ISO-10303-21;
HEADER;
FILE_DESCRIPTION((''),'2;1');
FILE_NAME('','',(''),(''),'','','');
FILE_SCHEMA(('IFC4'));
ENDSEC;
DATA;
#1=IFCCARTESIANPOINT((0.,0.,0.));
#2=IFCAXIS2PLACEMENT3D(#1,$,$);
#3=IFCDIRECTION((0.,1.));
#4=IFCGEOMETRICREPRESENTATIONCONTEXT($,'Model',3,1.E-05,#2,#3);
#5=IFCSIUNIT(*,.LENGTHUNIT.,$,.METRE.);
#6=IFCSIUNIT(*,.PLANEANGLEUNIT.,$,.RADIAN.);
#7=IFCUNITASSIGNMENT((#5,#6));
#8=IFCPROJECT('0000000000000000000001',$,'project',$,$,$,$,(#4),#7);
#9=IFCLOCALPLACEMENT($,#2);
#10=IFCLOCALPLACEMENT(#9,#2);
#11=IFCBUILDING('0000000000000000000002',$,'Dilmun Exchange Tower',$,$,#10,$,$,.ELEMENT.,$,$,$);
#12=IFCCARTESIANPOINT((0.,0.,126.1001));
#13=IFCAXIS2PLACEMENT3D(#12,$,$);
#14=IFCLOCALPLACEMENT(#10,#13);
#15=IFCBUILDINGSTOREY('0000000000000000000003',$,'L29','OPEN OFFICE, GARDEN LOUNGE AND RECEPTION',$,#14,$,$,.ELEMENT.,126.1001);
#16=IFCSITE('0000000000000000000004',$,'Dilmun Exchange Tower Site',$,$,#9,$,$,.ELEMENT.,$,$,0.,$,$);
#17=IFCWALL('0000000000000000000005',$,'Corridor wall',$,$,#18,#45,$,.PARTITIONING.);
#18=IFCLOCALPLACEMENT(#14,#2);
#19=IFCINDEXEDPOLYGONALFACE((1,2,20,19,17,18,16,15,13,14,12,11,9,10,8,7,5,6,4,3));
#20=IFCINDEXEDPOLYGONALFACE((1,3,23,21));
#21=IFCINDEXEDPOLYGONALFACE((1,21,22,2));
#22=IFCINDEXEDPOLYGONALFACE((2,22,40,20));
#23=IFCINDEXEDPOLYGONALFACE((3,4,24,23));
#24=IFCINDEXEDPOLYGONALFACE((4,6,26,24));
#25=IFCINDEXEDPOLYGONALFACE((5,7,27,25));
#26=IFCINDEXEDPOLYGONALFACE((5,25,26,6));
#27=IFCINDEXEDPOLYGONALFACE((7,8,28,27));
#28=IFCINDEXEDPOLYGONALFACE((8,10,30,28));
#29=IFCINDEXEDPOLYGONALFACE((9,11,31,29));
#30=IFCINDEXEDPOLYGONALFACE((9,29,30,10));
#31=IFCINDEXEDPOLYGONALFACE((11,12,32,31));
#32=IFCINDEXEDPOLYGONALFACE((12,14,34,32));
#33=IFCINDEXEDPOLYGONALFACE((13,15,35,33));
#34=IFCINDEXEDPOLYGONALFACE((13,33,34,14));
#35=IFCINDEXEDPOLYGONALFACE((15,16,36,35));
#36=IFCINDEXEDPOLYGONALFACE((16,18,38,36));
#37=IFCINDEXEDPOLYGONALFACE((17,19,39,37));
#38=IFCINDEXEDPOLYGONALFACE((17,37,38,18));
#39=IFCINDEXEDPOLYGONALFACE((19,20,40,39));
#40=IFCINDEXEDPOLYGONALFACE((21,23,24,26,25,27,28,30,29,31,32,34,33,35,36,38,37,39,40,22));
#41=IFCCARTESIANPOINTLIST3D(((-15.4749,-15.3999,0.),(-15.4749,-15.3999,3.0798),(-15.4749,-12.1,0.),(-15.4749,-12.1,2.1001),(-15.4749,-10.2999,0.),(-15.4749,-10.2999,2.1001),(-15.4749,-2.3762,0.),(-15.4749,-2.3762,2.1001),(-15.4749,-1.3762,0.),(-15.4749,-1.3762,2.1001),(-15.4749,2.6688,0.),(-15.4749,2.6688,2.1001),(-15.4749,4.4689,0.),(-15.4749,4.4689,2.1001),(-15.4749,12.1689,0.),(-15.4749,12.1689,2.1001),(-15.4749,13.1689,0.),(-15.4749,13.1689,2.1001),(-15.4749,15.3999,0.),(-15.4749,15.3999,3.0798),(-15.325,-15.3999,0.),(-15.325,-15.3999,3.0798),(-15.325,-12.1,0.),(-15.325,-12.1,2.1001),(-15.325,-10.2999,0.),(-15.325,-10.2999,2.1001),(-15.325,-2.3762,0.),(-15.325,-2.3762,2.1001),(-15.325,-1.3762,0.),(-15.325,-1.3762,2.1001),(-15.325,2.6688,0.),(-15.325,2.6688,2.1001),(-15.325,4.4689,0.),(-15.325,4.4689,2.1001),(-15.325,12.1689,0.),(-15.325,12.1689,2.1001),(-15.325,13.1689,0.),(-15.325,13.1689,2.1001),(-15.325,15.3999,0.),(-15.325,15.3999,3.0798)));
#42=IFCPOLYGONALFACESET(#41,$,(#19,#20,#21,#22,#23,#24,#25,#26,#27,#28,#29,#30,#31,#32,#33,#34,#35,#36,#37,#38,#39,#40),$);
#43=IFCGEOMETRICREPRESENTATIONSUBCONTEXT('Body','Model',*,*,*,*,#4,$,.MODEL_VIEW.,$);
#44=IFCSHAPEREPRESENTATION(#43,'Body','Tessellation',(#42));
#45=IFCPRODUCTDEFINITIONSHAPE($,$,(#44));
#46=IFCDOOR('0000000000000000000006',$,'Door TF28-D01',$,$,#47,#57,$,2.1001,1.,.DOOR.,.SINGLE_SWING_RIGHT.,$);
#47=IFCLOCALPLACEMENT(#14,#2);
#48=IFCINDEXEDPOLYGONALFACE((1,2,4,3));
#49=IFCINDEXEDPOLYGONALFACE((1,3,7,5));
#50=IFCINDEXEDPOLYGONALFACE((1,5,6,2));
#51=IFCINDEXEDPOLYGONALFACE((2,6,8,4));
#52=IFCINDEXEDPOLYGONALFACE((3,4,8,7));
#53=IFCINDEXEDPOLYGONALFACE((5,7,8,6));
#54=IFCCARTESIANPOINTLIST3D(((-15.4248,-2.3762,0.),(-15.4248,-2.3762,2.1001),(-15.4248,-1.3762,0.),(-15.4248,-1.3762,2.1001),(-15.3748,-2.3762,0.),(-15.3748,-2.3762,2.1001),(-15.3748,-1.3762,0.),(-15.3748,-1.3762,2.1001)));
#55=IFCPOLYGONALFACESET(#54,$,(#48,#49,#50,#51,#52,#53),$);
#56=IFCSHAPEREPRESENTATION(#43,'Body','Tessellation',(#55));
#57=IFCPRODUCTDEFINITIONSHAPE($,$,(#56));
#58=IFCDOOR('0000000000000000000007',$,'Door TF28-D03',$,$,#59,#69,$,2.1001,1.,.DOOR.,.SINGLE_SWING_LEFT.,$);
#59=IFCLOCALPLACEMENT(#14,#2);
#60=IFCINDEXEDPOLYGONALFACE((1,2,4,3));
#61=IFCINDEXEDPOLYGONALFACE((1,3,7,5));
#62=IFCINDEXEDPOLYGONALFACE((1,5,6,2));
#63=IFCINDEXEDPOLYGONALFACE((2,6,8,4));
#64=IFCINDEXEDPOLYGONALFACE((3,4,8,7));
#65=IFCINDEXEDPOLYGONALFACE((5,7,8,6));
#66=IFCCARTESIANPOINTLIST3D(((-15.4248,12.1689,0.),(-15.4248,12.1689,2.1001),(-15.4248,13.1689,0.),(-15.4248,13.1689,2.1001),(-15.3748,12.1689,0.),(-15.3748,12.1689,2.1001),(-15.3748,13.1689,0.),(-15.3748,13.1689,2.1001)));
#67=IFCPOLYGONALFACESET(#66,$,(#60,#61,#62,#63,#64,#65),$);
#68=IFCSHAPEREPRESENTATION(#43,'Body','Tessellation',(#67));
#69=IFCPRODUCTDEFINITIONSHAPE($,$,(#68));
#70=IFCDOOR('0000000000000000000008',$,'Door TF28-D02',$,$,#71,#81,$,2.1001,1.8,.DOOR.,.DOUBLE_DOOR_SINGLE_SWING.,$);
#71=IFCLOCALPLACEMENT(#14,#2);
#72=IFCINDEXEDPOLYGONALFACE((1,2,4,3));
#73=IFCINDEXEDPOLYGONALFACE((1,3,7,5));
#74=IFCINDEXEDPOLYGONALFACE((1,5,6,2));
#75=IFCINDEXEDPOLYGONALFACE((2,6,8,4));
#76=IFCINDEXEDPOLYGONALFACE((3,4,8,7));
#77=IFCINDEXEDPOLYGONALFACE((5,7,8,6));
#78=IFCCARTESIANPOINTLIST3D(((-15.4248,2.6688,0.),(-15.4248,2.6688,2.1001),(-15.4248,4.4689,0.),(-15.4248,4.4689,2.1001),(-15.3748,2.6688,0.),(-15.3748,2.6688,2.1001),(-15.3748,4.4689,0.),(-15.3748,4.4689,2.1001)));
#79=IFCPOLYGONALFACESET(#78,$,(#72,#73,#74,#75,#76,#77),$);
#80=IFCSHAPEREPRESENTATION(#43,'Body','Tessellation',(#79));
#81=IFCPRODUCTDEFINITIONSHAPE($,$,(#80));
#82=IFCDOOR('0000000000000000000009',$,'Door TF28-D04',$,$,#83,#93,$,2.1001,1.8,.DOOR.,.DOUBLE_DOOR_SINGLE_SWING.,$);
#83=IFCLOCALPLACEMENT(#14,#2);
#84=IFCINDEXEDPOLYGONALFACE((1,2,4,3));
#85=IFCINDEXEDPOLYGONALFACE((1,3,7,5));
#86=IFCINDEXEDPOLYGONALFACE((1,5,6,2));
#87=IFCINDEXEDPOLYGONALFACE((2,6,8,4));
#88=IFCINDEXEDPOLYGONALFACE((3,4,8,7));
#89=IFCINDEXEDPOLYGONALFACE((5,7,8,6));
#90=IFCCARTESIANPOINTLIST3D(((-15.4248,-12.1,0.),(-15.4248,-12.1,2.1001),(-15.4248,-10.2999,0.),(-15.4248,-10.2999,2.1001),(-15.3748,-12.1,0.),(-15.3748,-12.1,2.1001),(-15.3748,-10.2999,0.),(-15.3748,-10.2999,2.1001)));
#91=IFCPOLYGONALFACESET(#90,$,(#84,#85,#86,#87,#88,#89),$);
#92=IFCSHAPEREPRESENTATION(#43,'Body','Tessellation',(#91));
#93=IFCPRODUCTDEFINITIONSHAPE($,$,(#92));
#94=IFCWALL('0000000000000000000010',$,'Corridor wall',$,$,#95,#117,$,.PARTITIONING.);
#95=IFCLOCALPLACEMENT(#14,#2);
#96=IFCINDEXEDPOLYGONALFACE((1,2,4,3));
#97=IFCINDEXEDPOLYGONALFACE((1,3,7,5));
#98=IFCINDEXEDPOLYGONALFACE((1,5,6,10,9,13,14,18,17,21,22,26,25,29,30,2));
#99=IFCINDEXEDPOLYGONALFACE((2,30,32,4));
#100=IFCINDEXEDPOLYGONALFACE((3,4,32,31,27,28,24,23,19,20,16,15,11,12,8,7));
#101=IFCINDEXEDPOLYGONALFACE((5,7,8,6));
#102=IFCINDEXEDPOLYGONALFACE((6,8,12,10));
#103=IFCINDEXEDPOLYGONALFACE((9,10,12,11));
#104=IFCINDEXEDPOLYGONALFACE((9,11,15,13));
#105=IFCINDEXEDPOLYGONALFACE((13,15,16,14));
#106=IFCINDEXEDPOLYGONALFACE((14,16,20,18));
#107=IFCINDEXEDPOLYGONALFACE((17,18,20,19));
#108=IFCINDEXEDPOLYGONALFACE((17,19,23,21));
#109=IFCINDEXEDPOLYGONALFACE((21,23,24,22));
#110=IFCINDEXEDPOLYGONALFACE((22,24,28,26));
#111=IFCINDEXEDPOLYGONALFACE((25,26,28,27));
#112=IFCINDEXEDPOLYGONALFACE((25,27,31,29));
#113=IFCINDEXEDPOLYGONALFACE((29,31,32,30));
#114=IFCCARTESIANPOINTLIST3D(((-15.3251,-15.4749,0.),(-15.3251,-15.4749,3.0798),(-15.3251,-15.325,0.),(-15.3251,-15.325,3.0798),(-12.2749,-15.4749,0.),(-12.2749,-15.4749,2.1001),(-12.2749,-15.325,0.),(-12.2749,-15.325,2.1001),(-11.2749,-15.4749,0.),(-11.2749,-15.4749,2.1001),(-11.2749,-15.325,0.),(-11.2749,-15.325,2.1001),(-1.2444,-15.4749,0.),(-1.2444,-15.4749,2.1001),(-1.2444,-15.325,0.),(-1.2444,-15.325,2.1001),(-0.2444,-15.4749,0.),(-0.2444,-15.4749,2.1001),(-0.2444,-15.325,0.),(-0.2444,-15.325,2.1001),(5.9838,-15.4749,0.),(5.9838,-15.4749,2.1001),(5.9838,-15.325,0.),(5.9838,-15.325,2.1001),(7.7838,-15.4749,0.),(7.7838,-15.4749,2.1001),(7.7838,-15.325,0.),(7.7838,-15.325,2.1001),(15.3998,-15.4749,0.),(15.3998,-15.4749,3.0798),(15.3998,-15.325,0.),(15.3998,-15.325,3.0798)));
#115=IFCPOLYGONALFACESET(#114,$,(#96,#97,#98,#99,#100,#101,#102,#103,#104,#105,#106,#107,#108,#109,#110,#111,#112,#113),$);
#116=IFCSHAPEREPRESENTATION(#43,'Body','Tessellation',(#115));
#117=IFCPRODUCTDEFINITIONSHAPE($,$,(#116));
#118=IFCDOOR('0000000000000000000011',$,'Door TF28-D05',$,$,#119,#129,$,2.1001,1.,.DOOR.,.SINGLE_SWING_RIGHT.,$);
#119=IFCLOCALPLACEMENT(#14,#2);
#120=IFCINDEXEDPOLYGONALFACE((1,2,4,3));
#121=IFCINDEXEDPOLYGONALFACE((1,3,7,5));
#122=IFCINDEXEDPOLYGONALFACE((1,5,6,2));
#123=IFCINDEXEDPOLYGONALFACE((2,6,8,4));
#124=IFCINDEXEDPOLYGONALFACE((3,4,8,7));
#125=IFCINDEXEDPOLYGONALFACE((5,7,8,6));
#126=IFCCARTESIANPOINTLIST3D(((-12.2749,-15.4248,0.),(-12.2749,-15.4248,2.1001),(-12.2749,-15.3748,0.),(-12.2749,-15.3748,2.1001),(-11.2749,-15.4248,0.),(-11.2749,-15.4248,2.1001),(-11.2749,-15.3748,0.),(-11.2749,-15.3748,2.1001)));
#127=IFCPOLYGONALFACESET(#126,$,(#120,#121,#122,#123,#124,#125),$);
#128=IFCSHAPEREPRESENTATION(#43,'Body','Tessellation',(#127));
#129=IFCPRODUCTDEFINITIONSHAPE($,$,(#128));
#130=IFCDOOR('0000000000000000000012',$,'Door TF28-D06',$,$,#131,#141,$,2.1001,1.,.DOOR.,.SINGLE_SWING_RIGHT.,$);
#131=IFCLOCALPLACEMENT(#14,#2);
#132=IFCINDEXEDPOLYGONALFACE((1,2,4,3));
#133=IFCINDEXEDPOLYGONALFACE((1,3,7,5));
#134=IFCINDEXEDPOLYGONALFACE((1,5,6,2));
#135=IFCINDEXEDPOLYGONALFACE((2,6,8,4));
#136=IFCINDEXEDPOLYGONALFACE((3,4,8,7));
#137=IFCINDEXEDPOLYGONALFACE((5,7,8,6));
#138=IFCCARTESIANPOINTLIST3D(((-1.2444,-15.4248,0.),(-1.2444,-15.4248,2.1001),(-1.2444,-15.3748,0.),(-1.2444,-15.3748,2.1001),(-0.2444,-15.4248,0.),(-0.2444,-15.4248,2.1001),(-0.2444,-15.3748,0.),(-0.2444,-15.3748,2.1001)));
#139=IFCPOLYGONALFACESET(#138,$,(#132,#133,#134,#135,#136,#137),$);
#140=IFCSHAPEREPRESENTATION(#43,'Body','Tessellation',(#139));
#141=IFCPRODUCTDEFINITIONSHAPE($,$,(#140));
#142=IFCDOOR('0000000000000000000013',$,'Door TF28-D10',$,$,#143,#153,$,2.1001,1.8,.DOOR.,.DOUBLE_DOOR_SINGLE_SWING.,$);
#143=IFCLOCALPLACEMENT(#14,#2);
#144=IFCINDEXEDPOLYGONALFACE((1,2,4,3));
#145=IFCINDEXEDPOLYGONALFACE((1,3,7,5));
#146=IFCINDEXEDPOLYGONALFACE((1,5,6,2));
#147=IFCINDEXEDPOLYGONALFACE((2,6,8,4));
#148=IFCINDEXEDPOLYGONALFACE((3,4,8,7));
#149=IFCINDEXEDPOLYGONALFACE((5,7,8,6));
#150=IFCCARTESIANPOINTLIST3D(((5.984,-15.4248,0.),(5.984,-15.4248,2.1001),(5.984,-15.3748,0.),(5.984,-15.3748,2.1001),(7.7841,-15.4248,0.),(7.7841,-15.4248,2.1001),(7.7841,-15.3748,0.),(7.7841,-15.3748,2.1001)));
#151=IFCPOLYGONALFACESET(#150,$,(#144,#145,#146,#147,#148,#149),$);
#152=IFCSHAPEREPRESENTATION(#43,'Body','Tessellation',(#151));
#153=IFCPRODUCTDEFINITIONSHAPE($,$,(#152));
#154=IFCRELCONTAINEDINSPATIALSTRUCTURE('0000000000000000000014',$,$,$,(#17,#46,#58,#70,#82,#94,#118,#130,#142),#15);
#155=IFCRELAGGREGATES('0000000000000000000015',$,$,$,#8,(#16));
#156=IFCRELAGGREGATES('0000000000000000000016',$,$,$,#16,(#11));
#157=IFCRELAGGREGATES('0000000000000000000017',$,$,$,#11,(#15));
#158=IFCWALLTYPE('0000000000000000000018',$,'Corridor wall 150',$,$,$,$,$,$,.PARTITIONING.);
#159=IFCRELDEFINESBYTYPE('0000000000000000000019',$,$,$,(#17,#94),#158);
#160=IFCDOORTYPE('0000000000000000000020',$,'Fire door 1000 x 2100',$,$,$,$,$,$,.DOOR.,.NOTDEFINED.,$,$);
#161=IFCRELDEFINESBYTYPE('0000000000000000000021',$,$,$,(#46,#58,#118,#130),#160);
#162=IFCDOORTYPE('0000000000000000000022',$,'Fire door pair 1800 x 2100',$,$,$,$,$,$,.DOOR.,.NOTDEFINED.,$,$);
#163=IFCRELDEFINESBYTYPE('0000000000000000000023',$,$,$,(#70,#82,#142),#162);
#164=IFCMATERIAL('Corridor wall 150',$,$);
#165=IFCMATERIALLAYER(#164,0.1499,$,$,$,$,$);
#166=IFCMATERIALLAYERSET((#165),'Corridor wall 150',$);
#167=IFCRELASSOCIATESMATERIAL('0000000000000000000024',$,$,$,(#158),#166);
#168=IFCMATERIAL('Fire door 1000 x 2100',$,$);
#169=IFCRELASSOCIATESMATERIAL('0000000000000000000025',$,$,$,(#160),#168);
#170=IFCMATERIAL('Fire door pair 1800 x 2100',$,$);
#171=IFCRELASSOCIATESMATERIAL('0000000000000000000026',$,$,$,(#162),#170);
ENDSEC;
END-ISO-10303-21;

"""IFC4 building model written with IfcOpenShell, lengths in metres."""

from ifc_helpers import new_model, si_unit, direction, frame, frame_2d, origin, place, context, subcontext, project, spatial, rectangle, extrude, material, layer, layer_set, type_object, element, fill, save


model = new_model("IFC4")

# Units and contexts
model_context = context("Model", 3, precision=1e-05, world=origin(), true_north=direction((0.0, 1.0)))
body_context = subcontext(model_context, "Body", "Model", "MODEL_VIEW")
ifc_project = project(units=[si_unit("LENGTHUNIT", "METRE"), si_unit("PLANEANGLEUNIT", "RADIAN")], contexts=[model_context])

# Site, building, storey
site_placement = place(None, origin())
site = spatial("IfcSite", under=ifc_project, at=site_placement, Name="Dilmun Exchange Tower Site", CompositionType="ELEMENT", RefElevation=0.0)
building_placement = place(site_placement, origin())
building = spatial("IfcBuilding", under=site, at=building_placement, Name="Dilmun Exchange Tower", CompositionType="ELEMENT")
storey_placement = place(building_placement, frame((0.0, 0.0, 126.1001)))
storey = spatial("IfcBuildingStorey", under=building, at=storey_placement, Name="L29", Description="OPEN OFFICE, GARDEN LOUNGE AND RECEPTION", CompositionType="ELEMENT", Elevation=126.1001)

# Walls, openings, doors
ifc_material_1 = material(Name="Corridor wall 150")
ifc_layer_1 = layer(ifc_material_1, 0.1499)
ifc_layer_set_1 = layer_set([ifc_layer_1], Name="Corridor wall 150")
wall_type_1 = type_object("IfcWallType", Name="Corridor wall 150", PredefinedType="PARTITIONING", material=ifc_layer_set_1)
wall_1_placement = place(storey_placement, frame((-15.3999, -15.3999, 0.0), z_axis=(0.0, 0.0, 1.0), x_axis=(0.0, 1.0, 0.0)))
wall_1 = element("IfcWall", 1, at=wall_1_placement, inside=storey, type_object=wall_type_1, Name="Corridor wall", PredefinedType="PARTITIONING", context=body_context, shape_type="SweptSolid", body=[
    extrude(rectangle(XDim=30.7998, YDim=0.1499, at=frame_2d((15.3999, 0.0))), origin(), (0.0, 0.0, 1.0), 3.0798),
])
opening_1_placement = place(wall_1_placement, frame((13.0237, 0.0, 0.0)))
opening_1 = element("IfcOpeningElement", 2, at=opening_1_placement, cuts=wall_1, PredefinedType="OPENING", context=body_context, shape_type="SweptSolid", body=[
    extrude(rectangle(XDim=1.0, YDim=2.1001, at=frame_2d((0.5, 1.05))), frame((0.0, 0.085, 0.0), z_axis=(0.0, -1.0, 0.0), x_axis=(1.0, 0.0, 0.0)), (0.0, 0.0, 1.0), 0.1699),
])
opening_2_placement = place(wall_1_placement, frame((18.0688, 0.0, 0.0)))
opening_2 = element("IfcOpeningElement", 3, at=opening_2_placement, cuts=wall_1, PredefinedType="OPENING", context=body_context, shape_type="SweptSolid", body=[
    extrude(rectangle(XDim=1.8, YDim=2.1001, at=frame_2d((0.8999, 1.05))), frame((0.0, 0.085, 0.0), z_axis=(0.0, -1.0, 0.0), x_axis=(1.0, 0.0, 0.0)), (0.0, 0.0, 1.0), 0.1699),
])
opening_3_placement = place(wall_1_placement, frame((27.5688, 0.0, 0.0)))
opening_3 = element("IfcOpeningElement", 4, at=opening_3_placement, cuts=wall_1, PredefinedType="OPENING", context=body_context, shape_type="SweptSolid", body=[
    extrude(rectangle(XDim=1.0, YDim=2.1001, at=frame_2d((0.5, 1.05))), frame((0.0, 0.085, 0.0), z_axis=(0.0, -1.0, 0.0), x_axis=(1.0, 0.0, 0.0)), (0.0, 0.0, 1.0), 0.1699),
])
opening_4_placement = place(wall_1_placement, frame((3.3, 0.0, 0.0)))
opening_4 = element("IfcOpeningElement", 5, at=opening_4_placement, cuts=wall_1, PredefinedType="OPENING", context=body_context, shape_type="SweptSolid", body=[
    extrude(rectangle(XDim=1.8, YDim=2.1001, at=frame_2d((0.8999, 1.05))), frame((0.0, 0.085, 0.0), z_axis=(0.0, -1.0, 0.0), x_axis=(1.0, 0.0, 0.0)), (0.0, 0.0, 1.0), 0.1699),
])
ifc_material_2 = material(Name="Fire door 1000 x 2100")
door_type_1 = type_object("IfcDoorType", Name="Fire door 1000 x 2100", OperationType="NOTDEFINED", PredefinedType="DOOR", material=ifc_material_2)
door_1_placement = place(opening_1_placement, origin())
door_1 = element("IfcDoor", 6, at=door_1_placement, inside=storey, type_object=door_type_1, Name="Door TF28-D01", OperationType="SINGLE_SWING_RIGHT", OverallHeight=2.1001, OverallWidth=1.0, PredefinedType="DOOR", context=body_context, shape_type="SweptSolid", body=[
    extrude(rectangle(XDim=1.0, YDim=2.1001, at=frame_2d((0.5, 1.05))), frame((0.0, 0.0249, 0.0), z_axis=(0.0, -1.0, 0.0), x_axis=(1.0, 0.0, 0.0)), (0.0, 0.0, 1.0), 0.05),
])
fill(opening_1, door_1)
door_2_placement = place(opening_3_placement, origin())
door_2 = element("IfcDoor", 7, at=door_2_placement, inside=storey, type_object=door_type_1, Name="Door TF28-D03", OperationType="SINGLE_SWING_LEFT", OverallHeight=2.1001, OverallWidth=1.0, PredefinedType="DOOR", context=body_context, shape_type="SweptSolid", body=[
    extrude(rectangle(XDim=1.0, YDim=2.1001, at=frame_2d((0.5, 1.05))), frame((0.0, 0.0249, 0.0), z_axis=(0.0, -1.0, 0.0), x_axis=(1.0, 0.0, 0.0)), (0.0, 0.0, 1.0), 0.05),
])
fill(opening_3, door_2)
ifc_material_3 = material(Name="Fire door pair 1800 x 2100")
door_type_2 = type_object("IfcDoorType", Name="Fire door pair 1800 x 2100", OperationType="NOTDEFINED", PredefinedType="DOOR", material=ifc_material_3)
door_3_placement = place(opening_2_placement, origin())
door_3 = element("IfcDoor", 8, at=door_3_placement, inside=storey, type_object=door_type_2, Name="Door TF28-D02", OperationType="DOUBLE_DOOR_SINGLE_SWING", OverallHeight=2.1001, OverallWidth=1.8, PredefinedType="DOOR", context=body_context, shape_type="SweptSolid", body=[
    extrude(rectangle(XDim=1.8, YDim=2.1001, at=frame_2d((0.8999, 1.05))), frame((0.0, 0.0249, 0.0), z_axis=(0.0, -1.0, 0.0), x_axis=(1.0, 0.0, 0.0)), (0.0, 0.0, 1.0), 0.05),
])
fill(opening_2, door_3)
door_4_placement = place(opening_4_placement, origin())
door_4 = element("IfcDoor", 9, at=door_4_placement, inside=storey, type_object=door_type_2, Name="Door TF28-D04", OperationType="DOUBLE_DOOR_SINGLE_SWING", OverallHeight=2.1001, OverallWidth=1.8, PredefinedType="DOOR", context=body_context, shape_type="SweptSolid", body=[
    extrude(rectangle(XDim=1.8, YDim=2.1001, at=frame_2d((0.8999, 1.05))), frame((0.0, 0.0249, 0.0), z_axis=(0.0, -1.0, 0.0), x_axis=(1.0, 0.0, 0.0)), (0.0, 0.0, 1.0), 0.05),
])
fill(opening_4, door_4)
wall_2_placement = place(storey_placement, frame((-15.325, -15.3999, 0.0), z_axis=(0.0, 0.0, 1.0), x_axis=(1.0, 0.0, 0.0)))
wall_2 = element("IfcWall", 10, at=wall_2_placement, inside=storey, type_object=wall_type_1, Name="Corridor wall", PredefinedType="PARTITIONING", context=body_context, shape_type="SweptSolid", body=[
    extrude(rectangle(XDim=30.7249, YDim=0.1499, at=frame_2d((15.3623, 0.0))), origin(), (0.0, 0.0, 1.0), 3.0798),
])
opening_5_placement = place(wall_2_placement, frame((3.05, 0.0, 0.0)))
opening_5 = element("IfcOpeningElement", 11, at=opening_5_placement, cuts=wall_2, PredefinedType="OPENING", context=body_context, shape_type="SweptSolid", body=[
    extrude(rectangle(XDim=1.0, YDim=2.1001, at=frame_2d((0.5, 1.05))), frame((0.0, 0.085, 0.0), z_axis=(0.0, -1.0, 0.0), x_axis=(1.0, 0.0, 0.0)), (0.0, 0.0, 1.0), 0.1699),
])
opening_6_placement = place(wall_2_placement, frame((14.0806, 0.0, 0.0)))
opening_6 = element("IfcOpeningElement", 12, at=opening_6_placement, cuts=wall_2, PredefinedType="OPENING", context=body_context, shape_type="SweptSolid", body=[
    extrude(rectangle(XDim=1.0, YDim=2.1001, at=frame_2d((0.5, 1.05))), frame((0.0, 0.085, 0.0), z_axis=(0.0, -1.0, 0.0), x_axis=(1.0, 0.0, 0.0)), (0.0, 0.0, 1.0), 0.1699),
])
opening_7_placement = place(wall_2_placement, frame((21.3088, 0.0, 0.0)))
opening_7 = element("IfcOpeningElement", 13, at=opening_7_placement, cuts=wall_2, PredefinedType="OPENING", context=body_context, shape_type="SweptSolid", body=[
    extrude(rectangle(XDim=1.8, YDim=2.1001, at=frame_2d((0.8999, 1.05))), frame((0.0, 0.085, 0.0), z_axis=(0.0, -1.0, 0.0), x_axis=(1.0, 0.0, 0.0)), (0.0, 0.0, 1.0), 0.1699),
])
door_5_placement = place(opening_5_placement, frame((1.0, 0.0, 0.0), z_axis=(0.0, 0.0, 1.0), x_axis=(-1.0, 0.0, 0.0)))
door_5 = element("IfcDoor", 14, at=door_5_placement, inside=storey, type_object=door_type_1, Name="Door TF28-D05", OperationType="SINGLE_SWING_RIGHT", OverallHeight=2.1001, OverallWidth=1.0, PredefinedType="DOOR", context=body_context, shape_type="SweptSolid", body=[
    extrude(rectangle(XDim=1.0, YDim=2.1001, at=frame_2d((0.5, 1.05))), frame((0.0, 0.0249, 0.0), z_axis=(0.0, -1.0, 0.0), x_axis=(1.0, 0.0, 0.0)), (0.0, 0.0, 1.0), 0.05),
])
fill(opening_5, door_5)
door_6_placement = place(opening_6_placement, frame((1.0, 0.0, 0.0), z_axis=(0.0, 0.0, 1.0), x_axis=(-1.0, 0.0, 0.0)))
door_6 = element("IfcDoor", 15, at=door_6_placement, inside=storey, type_object=door_type_1, Name="Door TF28-D06", OperationType="SINGLE_SWING_RIGHT", OverallHeight=2.1001, OverallWidth=1.0, PredefinedType="DOOR", context=body_context, shape_type="SweptSolid", body=[
    extrude(rectangle(XDim=1.0, YDim=2.1001, at=frame_2d((0.5, 1.05))), frame((0.0, 0.0249, 0.0), z_axis=(0.0, -1.0, 0.0), x_axis=(1.0, 0.0, 0.0)), (0.0, 0.0, 1.0), 0.05),
])
fill(opening_6, door_6)
door_7_placement = place(opening_7_placement, frame((1.8, 0.0, 0.0), z_axis=(0.0, 0.0, 1.0), x_axis=(-1.0, 0.0, 0.0)))
door_7 = element("IfcDoor", 16, at=door_7_placement, inside=storey, type_object=door_type_2, Name="Door TF28-D10", OperationType="DOUBLE_DOOR_SINGLE_SWING", OverallHeight=2.1001, OverallWidth=1.8, PredefinedType="DOOR", context=body_context, shape_type="SweptSolid", body=[
    extrude(rectangle(XDim=1.8, YDim=2.1001, at=frame_2d((0.8999, 1.05))), frame((0.0, 0.0249, 0.0), z_axis=(0.0, -1.0, 0.0), x_axis=(1.0, 0.0, 0.0)), (0.0, 0.0, 1.0), 0.05),
])
fill(opening_7, door_7)

save(model, "model.ifc")
